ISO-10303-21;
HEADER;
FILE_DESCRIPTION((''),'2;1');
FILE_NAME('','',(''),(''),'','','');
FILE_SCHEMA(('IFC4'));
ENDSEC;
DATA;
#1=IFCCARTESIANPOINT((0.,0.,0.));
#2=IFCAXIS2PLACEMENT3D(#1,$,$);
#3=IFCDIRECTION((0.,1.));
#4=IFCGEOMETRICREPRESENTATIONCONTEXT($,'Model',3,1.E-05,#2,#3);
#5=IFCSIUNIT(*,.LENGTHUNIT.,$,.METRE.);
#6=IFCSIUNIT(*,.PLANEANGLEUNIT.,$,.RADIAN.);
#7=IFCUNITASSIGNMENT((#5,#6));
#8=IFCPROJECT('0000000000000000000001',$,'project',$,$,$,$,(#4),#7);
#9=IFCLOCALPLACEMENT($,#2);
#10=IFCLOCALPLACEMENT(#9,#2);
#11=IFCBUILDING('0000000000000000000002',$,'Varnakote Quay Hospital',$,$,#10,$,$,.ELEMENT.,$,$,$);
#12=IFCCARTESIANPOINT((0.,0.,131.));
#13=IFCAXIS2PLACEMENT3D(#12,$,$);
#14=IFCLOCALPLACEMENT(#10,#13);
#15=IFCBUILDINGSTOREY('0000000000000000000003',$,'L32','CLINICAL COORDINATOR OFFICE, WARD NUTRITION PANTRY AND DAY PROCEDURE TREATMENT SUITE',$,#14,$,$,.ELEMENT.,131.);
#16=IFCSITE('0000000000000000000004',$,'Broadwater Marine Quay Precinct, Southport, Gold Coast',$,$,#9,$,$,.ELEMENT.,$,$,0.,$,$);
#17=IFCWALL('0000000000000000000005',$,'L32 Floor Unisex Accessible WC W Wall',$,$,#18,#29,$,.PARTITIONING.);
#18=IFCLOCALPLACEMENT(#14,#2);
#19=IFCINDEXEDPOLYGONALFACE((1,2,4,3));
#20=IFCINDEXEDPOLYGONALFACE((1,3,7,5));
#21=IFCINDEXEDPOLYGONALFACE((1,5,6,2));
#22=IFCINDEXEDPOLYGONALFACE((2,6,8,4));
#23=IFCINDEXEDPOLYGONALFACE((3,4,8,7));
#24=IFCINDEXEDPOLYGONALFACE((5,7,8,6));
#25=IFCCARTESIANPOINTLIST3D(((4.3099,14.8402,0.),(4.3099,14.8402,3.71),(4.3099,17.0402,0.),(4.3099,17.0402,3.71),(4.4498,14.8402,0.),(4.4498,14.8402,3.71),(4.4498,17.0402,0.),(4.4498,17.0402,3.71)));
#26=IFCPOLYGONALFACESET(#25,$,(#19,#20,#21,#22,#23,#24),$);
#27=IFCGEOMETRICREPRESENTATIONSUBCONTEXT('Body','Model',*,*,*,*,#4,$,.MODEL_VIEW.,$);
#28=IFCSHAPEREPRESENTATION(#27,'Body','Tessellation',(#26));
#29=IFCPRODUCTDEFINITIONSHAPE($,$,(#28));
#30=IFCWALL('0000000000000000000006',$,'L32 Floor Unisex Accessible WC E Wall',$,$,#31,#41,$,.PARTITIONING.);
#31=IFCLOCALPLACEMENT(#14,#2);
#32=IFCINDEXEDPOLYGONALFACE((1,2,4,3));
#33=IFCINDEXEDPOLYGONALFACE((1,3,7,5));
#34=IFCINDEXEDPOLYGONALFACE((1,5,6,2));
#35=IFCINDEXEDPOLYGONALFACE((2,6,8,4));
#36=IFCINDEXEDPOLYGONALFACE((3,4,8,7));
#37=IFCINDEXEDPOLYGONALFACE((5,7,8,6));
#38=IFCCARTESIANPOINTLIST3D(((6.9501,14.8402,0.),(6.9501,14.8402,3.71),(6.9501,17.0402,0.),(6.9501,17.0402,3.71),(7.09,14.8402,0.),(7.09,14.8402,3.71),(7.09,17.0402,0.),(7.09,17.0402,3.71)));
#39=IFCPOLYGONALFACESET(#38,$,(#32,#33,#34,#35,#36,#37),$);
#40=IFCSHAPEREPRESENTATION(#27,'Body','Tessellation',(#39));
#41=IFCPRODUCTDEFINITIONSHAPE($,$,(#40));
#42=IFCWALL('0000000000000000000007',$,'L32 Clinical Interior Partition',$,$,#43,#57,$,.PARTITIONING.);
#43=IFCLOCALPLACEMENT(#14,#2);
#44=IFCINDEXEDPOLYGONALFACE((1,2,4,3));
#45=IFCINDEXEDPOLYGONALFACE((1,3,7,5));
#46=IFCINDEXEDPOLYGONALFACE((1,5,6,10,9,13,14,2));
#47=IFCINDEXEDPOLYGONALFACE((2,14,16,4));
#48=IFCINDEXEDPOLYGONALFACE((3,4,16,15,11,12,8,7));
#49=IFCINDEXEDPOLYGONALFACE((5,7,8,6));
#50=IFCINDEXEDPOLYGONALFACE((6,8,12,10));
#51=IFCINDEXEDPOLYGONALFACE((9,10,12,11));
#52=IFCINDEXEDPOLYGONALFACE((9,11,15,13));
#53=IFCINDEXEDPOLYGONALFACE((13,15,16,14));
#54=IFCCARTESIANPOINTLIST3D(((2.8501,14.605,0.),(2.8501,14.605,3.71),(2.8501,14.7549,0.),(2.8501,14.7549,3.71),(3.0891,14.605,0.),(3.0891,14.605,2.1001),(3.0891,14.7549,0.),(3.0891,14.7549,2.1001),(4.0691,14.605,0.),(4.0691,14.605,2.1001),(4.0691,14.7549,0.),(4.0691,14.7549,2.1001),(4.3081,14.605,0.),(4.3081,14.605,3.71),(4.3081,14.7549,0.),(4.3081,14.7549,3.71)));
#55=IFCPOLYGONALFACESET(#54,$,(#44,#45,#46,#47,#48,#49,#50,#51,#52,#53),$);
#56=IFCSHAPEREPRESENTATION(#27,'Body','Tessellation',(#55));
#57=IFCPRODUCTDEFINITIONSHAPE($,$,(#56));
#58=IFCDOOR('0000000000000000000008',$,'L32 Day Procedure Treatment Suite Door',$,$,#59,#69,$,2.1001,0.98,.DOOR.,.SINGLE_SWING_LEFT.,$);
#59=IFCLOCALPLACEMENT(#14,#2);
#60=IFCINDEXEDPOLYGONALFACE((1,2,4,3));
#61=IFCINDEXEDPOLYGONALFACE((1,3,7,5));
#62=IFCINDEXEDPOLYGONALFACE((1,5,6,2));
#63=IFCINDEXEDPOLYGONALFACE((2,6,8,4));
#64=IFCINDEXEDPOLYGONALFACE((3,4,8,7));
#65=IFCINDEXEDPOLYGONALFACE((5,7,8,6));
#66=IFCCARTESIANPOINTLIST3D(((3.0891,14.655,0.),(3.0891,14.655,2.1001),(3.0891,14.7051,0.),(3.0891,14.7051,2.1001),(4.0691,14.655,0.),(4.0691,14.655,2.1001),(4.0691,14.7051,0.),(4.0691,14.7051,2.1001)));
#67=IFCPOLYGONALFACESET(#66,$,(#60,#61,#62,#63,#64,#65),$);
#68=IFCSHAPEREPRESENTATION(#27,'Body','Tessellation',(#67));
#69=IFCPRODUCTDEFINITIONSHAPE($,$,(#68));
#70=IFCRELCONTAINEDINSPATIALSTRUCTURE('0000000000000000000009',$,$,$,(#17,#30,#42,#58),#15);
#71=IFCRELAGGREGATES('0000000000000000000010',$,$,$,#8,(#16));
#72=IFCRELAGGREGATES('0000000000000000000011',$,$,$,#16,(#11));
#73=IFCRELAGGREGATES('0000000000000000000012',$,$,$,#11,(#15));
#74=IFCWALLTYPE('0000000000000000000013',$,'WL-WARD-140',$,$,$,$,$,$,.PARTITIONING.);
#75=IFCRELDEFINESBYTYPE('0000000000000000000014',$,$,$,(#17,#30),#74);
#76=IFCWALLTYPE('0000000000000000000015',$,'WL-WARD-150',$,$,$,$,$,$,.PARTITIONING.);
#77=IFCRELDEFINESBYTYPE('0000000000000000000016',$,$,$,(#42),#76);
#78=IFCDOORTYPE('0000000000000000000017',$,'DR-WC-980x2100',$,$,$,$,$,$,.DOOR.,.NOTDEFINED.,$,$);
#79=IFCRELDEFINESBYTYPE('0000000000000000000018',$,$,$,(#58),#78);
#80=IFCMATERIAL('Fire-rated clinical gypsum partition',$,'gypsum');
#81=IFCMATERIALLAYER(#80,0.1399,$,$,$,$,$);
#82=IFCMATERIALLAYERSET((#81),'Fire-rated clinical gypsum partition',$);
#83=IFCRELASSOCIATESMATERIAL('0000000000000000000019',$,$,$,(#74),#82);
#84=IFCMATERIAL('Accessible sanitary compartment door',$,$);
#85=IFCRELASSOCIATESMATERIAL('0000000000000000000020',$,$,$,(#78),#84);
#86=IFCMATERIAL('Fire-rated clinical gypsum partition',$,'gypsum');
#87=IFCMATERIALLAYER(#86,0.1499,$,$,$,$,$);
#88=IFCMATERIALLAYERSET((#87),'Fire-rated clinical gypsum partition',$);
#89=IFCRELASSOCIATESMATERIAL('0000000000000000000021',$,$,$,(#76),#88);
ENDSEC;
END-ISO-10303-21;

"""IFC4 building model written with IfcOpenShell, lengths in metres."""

from ifc_helpers import new_model, si_unit, direction, frame, frame_2d, origin, place, context, subcontext, project, spatial, rectangle, extrude, material, layer, layer_set, type_object, element, fill, save


model = new_model("IFC4")

# Units and contexts
model_context = context("Model", 3, precision=1e-05, world=origin(), true_north=direction((0.0, 1.0)))
body_context = subcontext(model_context, "Body", "Model", "MODEL_VIEW")
ifc_project = project(units=[si_unit("LENGTHUNIT", "METRE"), si_unit("PLANEANGLEUNIT", "RADIAN")], contexts=[model_context])

# Site, building, storey
site_placement = place(None, origin())
site = spatial("IfcSite", under=ifc_project, at=site_placement, Name="Broadwater Marine Quay Precinct, Southport, Gold Coast", CompositionType="ELEMENT", RefElevation=0.0)
building_placement = place(site_placement, origin())
building = spatial("IfcBuilding", under=site, at=building_placement, Name="Varnakote Quay Hospital", CompositionType="ELEMENT")
storey_placement = place(building_placement, frame((0.0, 0.0, 131.0)))
storey = spatial("IfcBuildingStorey", under=building, at=storey_placement, Name="L32", Description="CLINICAL COORDINATOR OFFICE, WARD NUTRITION PANTRY AND DAY PROCEDURE TREATMENT SUITE", CompositionType="ELEMENT", Elevation=131.0)

# Shared definitions
ifc_material_1 = material(Name="Fire-rated clinical gypsum partition", Category="gypsum")
ifc_layer_1 = layer(ifc_material_1, 0.1399)
ifc_layer_set_1 = layer_set([ifc_layer_1], Name="Fire-rated clinical gypsum partition")
wall_type_1 = type_object("IfcWallType", Name="WL-WARD-140", PredefinedType="PARTITIONING", material=ifc_layer_set_1)
ifc_material_2 = material(Name="Accessible sanitary compartment door")
door_type_1 = type_object("IfcDoorType", Name="DR-WC-980x2100", OperationType="NOTDEFINED", PredefinedType="DOOR", material=ifc_material_2)

# Walls
for number, where, z_axis, x_axis, name in (
    (1, (4.3799, 14.8401, 0.0), (0.0, 0.0, 1.0), (0.0, 1.0, 0.0), "L32 Floor Unisex Accessible WC W Wall"),
    (2, (7.02, 14.8401, 0.0), (0.0, 0.0, 1.0), (0.0, 1.0, 0.0), "L32 Floor Unisex Accessible WC E Wall"),
):
    element("IfcWall", number, at=place(storey_placement, frame(where, z_axis=z_axis, x_axis=x_axis)), inside=storey, type_object=wall_type_1, Name=name, PredefinedType="PARTITIONING", context=body_context, shape_type="SweptSolid", body=[
        extrude(rectangle(XDim=2.2, YDim=0.1399, at=frame_2d((1.1001, 0.0))), origin(), (0.0, 0.0, 1.0), 3.71),
    ])

# Wall, opening, door
ifc_material_3 = material(Name="Fire-rated clinical gypsum partition", Category="gypsum")
ifc_layer_2 = layer(ifc_material_3, 0.1499)
ifc_layer_set_2 = layer_set([ifc_layer_2], Name="Fire-rated clinical gypsum partition")
wall_type_2 = type_object("IfcWallType", Name="WL-WARD-150", PredefinedType="PARTITIONING", material=ifc_layer_set_2)
wall_1_placement = place(storey_placement, frame((4.3081, 14.6799, 0.0), z_axis=(0.0, 0.0, 1.0), x_axis=(-1.0, 0.0, 0.0)))
wall_1 = element("IfcWall", 3, at=wall_1_placement, inside=storey, type_object=wall_type_2, Name="L32 Clinical Interior Partition", PredefinedType="PARTITIONING", context=body_context, shape_type="SweptSolid", body=[
    extrude(rectangle(XDim=1.458, YDim=0.1499, at=frame_2d((0.729, 0.0))), origin(), (0.0, 0.0, 1.0), 3.71),
])
opening_1_placement = place(wall_1_placement, frame((0.239, 0.0, 0.0)))
opening_1 = element("IfcOpeningElement", 4, at=opening_1_placement, cuts=wall_1, PredefinedType="OPENING", context=body_context, shape_type="SweptSolid", body=[
    extrude(rectangle(XDim=0.98, YDim=2.1001, at=frame_2d((0.49, 1.05))), frame((0.0, 0.085, 0.0), z_axis=(0.0, -1.0, 0.0), x_axis=(1.0, 0.0, 0.0)), (0.0, 0.0, 1.0), 0.1699),
])
door_1_placement = place(opening_1_placement, origin())
door_1 = element("IfcDoor", 5, at=door_1_placement, inside=storey, type_object=door_type_1, Name="L32 Day Procedure Treatment Suite Door", OperationType="SINGLE_SWING_LEFT", OverallHeight=2.1001, OverallWidth=0.98, PredefinedType="DOOR", context=body_context, shape_type="SweptSolid", body=[
    extrude(rectangle(XDim=0.98, YDim=2.1001, at=frame_2d((0.49, 1.05))), frame((0.0, 0.0249, 0.0), z_axis=(0.0, -1.0, 0.0), x_axis=(1.0, 0.0, 0.0)), (0.0, 0.0, 1.0), 0.05),
])
fill(opening_1, door_1)

save(model, "model.ifc")
